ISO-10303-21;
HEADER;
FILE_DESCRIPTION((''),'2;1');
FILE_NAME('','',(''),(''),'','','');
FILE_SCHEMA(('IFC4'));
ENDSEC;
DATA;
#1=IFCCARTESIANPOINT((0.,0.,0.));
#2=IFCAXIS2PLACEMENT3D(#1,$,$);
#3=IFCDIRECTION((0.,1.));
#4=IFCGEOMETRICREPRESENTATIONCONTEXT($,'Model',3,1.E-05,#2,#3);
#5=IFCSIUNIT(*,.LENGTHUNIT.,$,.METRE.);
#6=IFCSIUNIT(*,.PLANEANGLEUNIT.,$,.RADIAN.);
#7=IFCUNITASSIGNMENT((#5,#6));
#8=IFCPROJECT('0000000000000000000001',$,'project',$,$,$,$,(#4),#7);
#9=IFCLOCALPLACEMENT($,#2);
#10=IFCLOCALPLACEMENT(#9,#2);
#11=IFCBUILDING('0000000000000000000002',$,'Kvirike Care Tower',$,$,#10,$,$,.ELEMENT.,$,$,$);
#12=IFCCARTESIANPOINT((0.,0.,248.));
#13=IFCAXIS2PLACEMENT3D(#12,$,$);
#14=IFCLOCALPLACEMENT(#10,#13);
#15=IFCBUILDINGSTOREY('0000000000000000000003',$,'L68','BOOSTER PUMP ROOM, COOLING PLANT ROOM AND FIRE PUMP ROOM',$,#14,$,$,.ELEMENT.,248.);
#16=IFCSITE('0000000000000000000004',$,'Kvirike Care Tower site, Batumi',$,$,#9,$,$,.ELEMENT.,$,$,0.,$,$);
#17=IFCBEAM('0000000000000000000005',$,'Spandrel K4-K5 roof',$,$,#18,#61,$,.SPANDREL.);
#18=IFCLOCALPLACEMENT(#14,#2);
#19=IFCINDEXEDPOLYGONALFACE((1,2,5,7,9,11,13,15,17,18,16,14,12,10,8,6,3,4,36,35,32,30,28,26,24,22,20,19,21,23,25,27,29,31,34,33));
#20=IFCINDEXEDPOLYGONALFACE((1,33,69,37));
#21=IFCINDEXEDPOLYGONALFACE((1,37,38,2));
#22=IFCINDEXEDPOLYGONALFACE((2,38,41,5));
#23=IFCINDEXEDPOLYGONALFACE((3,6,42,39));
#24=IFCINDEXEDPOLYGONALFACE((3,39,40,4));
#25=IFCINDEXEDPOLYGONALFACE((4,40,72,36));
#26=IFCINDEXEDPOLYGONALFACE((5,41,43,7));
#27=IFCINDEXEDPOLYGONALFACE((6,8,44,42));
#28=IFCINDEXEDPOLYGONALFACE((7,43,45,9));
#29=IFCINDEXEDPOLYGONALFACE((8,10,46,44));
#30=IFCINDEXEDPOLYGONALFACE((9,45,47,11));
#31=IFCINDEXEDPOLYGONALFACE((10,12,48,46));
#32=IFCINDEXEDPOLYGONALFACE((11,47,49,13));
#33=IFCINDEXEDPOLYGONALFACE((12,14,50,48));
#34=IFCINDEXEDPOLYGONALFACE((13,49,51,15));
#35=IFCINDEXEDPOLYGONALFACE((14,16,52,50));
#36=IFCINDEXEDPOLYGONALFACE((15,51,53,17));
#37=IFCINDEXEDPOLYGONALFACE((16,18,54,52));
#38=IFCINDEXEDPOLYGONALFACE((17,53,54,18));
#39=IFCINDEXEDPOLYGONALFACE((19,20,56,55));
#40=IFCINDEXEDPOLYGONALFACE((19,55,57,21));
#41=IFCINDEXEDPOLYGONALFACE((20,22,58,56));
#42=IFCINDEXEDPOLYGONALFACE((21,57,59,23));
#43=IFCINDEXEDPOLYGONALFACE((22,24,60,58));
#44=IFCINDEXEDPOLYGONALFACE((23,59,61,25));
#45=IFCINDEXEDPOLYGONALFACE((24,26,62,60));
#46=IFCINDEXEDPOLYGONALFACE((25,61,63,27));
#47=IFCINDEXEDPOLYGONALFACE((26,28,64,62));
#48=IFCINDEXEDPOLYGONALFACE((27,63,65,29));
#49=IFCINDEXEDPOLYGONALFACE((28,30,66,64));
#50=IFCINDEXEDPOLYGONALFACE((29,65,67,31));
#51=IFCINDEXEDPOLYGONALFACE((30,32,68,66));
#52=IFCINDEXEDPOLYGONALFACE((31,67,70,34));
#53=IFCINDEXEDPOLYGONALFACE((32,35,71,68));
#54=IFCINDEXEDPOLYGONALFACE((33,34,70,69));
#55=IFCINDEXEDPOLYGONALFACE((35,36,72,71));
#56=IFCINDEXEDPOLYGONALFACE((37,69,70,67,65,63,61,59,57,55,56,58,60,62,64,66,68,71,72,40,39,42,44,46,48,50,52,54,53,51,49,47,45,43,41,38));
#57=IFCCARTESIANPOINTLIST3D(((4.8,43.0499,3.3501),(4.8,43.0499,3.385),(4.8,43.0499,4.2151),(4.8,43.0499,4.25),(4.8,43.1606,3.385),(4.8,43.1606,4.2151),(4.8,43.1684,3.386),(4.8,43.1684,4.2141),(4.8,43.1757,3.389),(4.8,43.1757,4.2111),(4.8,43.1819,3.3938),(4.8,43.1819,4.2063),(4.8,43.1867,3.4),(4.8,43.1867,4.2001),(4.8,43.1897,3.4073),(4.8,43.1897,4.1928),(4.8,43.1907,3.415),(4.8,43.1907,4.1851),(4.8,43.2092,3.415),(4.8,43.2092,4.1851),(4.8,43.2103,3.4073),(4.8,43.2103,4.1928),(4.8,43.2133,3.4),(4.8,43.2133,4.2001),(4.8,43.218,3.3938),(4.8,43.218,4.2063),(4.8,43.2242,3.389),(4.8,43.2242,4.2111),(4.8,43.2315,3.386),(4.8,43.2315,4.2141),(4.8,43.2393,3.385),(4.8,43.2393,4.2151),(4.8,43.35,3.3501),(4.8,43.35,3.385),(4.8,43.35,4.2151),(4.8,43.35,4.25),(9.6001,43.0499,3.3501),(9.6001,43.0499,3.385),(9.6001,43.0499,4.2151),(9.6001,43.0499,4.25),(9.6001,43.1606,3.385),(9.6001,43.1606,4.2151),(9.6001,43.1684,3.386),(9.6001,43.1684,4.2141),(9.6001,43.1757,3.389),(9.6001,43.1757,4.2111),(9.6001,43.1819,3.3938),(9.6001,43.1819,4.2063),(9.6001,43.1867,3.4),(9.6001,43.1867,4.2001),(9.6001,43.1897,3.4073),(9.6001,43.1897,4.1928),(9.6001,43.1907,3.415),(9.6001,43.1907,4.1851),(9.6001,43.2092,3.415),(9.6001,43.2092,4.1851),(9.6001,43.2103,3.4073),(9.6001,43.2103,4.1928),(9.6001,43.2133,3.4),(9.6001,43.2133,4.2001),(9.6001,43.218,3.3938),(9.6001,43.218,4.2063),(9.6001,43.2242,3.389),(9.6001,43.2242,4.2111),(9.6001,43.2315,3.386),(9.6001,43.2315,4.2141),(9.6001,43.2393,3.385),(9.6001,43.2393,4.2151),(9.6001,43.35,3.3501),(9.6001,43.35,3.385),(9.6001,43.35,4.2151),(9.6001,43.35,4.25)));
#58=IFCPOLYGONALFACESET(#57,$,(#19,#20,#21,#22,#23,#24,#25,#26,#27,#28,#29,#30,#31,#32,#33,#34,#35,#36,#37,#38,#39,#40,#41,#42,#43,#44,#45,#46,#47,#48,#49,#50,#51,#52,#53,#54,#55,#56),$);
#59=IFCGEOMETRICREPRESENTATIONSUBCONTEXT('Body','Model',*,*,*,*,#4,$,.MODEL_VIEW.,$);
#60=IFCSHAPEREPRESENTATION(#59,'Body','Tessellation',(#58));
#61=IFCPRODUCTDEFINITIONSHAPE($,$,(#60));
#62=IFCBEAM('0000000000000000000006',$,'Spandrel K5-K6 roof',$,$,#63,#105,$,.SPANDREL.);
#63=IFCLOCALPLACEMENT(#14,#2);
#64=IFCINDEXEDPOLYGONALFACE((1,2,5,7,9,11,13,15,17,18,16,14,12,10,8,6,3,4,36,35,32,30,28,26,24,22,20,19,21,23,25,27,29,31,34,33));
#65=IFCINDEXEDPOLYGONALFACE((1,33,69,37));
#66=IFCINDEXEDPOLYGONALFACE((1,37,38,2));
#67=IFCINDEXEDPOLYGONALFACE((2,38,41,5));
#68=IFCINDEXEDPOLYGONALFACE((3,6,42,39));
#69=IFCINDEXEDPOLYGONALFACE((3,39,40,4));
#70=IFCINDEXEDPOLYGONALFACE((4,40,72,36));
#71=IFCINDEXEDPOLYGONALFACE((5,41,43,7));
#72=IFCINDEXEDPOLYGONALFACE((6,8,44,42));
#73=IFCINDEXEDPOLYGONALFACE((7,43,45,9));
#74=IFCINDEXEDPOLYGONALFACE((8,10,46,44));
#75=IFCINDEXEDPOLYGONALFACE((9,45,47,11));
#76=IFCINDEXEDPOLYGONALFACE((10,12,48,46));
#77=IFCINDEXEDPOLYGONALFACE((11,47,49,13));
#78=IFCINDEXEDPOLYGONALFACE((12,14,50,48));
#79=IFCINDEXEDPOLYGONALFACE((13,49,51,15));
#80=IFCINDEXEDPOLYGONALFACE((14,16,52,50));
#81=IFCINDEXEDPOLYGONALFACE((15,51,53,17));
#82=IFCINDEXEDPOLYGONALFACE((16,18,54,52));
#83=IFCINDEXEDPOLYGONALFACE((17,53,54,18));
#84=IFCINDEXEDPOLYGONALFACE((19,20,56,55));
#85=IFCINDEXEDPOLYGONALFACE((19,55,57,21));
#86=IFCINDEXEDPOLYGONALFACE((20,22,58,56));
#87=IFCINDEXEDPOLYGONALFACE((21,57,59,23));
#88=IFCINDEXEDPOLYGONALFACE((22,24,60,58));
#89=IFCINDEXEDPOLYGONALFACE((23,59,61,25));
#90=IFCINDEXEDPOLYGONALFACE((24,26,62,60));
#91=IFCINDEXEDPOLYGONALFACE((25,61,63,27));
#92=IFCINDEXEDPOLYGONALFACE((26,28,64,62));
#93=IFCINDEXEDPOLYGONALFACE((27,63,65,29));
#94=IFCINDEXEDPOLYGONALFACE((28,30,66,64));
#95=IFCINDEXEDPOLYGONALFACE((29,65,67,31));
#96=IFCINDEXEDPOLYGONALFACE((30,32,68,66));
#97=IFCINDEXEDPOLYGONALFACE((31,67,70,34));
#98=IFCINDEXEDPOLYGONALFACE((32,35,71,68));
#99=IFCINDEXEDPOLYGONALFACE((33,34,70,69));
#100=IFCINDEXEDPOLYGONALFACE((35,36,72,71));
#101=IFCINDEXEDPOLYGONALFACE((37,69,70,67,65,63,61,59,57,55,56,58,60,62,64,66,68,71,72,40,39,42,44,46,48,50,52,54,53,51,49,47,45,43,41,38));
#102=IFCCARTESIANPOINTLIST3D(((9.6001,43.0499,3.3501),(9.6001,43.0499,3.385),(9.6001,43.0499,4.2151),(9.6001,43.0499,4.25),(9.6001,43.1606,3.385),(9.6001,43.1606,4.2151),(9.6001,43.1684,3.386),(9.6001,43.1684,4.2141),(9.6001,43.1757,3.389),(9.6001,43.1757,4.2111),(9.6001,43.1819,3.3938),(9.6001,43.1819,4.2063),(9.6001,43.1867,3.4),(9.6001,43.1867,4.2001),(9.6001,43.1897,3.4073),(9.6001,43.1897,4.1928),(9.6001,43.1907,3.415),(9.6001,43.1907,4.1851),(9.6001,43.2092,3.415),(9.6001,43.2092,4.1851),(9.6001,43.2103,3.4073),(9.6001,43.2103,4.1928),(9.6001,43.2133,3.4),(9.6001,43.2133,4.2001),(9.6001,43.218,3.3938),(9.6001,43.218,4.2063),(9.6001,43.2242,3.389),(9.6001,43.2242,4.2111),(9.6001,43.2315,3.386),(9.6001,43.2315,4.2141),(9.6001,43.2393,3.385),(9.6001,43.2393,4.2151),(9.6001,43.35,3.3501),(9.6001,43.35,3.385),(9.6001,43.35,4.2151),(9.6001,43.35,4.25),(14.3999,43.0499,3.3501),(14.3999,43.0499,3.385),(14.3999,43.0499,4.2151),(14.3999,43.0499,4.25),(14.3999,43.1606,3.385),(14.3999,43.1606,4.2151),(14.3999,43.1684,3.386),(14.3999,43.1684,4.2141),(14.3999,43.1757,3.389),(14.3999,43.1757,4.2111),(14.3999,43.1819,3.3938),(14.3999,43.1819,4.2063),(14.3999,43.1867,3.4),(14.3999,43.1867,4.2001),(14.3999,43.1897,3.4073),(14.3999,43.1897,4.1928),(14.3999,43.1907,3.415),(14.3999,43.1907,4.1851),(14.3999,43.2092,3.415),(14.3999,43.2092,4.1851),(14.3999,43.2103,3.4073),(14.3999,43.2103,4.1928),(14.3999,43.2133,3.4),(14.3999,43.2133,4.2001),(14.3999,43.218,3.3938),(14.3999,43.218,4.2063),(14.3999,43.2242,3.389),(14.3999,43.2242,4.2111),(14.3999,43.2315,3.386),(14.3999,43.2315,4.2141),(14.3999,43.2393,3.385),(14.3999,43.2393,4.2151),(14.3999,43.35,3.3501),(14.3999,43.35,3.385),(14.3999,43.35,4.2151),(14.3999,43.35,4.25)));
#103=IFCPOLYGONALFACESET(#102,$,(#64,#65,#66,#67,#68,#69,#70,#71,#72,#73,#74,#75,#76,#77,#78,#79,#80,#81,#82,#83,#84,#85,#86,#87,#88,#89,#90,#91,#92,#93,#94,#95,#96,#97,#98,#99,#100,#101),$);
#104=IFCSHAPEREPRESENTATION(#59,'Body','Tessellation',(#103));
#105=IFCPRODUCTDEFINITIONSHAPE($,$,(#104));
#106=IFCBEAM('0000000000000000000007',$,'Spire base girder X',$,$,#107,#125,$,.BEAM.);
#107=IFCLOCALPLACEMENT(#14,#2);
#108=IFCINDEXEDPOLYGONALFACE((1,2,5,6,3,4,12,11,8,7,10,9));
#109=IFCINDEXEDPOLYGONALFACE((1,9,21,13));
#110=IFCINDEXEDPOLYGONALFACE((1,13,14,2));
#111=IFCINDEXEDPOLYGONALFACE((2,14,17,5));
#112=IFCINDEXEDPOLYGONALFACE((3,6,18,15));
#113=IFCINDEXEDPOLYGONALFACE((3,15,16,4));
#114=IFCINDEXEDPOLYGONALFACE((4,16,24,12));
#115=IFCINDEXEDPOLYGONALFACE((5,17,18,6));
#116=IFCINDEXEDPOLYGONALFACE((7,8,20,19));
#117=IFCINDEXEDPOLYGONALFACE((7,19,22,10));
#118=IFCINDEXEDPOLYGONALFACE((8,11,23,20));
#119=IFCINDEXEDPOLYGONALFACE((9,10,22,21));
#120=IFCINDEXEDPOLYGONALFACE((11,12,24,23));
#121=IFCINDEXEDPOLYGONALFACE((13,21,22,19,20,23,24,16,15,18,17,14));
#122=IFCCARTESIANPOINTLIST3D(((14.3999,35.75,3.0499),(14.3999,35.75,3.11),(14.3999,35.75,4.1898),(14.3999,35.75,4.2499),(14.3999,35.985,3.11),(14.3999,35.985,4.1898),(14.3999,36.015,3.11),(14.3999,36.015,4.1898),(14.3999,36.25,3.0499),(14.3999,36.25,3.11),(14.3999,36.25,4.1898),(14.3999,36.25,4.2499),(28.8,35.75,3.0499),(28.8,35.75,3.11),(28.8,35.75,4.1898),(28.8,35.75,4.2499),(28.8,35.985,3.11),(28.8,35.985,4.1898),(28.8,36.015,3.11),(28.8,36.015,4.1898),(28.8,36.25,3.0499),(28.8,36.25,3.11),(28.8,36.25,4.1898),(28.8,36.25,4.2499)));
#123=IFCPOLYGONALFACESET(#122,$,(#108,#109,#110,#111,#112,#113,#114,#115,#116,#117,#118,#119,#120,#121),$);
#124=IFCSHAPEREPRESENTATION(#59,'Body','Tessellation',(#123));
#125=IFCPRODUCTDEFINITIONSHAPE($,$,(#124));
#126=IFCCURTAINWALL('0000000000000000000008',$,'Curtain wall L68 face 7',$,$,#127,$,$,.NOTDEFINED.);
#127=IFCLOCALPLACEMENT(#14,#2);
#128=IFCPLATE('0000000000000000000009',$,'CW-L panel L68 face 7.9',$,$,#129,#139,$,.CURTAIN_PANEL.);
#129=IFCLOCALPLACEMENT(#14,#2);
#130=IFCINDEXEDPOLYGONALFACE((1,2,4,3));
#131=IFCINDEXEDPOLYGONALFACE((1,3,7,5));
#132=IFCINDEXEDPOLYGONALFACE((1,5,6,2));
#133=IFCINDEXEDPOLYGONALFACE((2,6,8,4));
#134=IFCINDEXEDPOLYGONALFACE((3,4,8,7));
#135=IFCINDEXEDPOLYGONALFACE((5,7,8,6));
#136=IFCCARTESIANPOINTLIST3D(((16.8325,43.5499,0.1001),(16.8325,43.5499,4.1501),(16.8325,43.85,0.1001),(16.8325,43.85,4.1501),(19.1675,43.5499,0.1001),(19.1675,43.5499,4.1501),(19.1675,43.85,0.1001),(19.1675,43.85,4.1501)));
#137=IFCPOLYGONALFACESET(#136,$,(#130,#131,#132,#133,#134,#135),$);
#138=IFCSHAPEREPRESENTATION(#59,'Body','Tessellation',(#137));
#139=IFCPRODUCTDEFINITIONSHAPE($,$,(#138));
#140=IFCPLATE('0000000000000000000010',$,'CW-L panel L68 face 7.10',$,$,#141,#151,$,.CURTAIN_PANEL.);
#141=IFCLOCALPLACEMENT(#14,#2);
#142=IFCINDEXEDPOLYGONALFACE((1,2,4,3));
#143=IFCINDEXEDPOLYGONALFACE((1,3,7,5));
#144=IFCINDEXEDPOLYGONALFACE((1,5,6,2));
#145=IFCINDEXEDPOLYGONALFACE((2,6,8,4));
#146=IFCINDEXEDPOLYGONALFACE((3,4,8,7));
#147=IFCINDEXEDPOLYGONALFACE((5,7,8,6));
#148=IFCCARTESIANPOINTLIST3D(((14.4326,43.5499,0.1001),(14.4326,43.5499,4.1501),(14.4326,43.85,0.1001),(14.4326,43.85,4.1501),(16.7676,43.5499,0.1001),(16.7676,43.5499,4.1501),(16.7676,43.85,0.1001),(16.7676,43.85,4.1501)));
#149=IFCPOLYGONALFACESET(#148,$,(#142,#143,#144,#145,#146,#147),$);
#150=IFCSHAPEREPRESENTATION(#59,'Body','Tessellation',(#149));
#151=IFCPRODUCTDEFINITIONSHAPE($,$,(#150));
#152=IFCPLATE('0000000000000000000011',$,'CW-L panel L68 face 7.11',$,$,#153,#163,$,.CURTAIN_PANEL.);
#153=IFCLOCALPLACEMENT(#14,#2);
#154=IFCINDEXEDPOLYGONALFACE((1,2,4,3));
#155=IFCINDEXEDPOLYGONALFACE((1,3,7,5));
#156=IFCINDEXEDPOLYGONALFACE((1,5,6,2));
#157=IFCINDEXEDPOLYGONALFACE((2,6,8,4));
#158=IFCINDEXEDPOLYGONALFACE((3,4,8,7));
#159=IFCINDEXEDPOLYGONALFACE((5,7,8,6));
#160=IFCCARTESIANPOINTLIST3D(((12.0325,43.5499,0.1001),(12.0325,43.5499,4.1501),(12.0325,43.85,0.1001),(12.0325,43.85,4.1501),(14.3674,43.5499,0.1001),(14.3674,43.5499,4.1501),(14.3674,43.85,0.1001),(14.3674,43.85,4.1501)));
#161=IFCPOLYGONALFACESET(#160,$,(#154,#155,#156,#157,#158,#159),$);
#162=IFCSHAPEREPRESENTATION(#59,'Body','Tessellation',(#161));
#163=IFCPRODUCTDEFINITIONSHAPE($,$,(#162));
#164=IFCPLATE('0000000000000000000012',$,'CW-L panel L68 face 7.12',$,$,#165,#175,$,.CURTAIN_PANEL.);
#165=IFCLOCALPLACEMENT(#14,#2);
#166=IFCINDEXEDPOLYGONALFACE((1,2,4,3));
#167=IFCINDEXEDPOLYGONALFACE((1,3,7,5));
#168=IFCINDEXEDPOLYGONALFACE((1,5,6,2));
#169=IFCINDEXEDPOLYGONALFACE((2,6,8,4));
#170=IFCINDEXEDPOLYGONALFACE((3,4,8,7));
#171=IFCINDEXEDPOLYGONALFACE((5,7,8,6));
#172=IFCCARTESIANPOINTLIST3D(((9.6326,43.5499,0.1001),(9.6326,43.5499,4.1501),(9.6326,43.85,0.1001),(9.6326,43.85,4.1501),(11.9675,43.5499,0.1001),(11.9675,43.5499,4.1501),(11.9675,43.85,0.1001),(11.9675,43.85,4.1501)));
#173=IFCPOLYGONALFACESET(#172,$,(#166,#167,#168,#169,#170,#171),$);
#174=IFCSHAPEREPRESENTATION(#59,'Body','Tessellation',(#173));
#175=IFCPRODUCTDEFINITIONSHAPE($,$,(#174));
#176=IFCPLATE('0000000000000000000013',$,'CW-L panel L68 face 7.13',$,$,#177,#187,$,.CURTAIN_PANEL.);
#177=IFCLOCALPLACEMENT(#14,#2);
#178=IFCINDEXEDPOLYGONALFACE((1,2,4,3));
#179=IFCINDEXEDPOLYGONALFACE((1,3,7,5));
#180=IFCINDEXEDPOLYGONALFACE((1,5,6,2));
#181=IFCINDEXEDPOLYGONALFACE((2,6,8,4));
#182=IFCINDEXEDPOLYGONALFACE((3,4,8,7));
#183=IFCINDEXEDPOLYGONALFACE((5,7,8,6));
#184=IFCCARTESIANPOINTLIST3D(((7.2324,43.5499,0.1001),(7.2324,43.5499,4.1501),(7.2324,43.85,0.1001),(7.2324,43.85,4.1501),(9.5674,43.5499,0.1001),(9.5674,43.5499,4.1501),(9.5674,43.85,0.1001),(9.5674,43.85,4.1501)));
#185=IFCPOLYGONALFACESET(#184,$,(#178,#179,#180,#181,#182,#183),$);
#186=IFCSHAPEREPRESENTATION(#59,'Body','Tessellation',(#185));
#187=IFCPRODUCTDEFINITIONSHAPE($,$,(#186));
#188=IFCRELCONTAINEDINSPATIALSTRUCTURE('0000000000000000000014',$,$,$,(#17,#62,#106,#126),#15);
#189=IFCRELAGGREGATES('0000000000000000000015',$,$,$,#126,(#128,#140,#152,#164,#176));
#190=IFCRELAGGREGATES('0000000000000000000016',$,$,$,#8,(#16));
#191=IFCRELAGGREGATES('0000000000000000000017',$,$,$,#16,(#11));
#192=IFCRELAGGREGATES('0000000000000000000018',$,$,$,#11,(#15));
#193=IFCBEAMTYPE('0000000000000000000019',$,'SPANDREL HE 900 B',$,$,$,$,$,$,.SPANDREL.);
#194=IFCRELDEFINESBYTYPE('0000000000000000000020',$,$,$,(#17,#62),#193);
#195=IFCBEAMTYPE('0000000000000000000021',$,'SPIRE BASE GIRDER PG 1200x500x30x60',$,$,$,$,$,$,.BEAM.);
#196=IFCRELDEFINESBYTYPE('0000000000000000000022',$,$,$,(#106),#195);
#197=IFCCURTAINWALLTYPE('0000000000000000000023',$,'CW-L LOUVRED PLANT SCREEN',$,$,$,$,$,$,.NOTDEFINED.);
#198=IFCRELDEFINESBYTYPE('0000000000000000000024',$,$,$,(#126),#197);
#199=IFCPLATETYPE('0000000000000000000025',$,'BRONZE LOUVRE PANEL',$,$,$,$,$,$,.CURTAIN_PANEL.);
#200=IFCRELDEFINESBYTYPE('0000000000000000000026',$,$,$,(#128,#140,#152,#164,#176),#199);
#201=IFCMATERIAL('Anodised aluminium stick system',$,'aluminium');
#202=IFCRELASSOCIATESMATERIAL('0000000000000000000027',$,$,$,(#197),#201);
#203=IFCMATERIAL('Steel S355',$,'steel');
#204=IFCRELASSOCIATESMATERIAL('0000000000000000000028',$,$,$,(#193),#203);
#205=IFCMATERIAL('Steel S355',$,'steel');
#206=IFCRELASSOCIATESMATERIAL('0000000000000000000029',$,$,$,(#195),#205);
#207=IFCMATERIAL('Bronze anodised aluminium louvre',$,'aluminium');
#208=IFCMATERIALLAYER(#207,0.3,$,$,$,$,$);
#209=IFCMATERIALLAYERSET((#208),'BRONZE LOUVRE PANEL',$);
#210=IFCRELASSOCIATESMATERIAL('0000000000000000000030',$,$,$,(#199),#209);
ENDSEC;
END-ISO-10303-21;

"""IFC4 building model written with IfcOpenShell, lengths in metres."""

from ifc_helpers import new_model, si_unit, direction, frame, origin, origin_2d, place, context, subcontext, project, spatial, rectangle, i_section, extrude, material, layer, layer_set, material_profile, profile_set, type_object, element, aggregate, save


model = new_model("IFC4")

# Units and contexts
model_context = context("Model", 3, precision=1e-05, world=origin(), true_north=direction((0.0, 1.0)))
body_context = subcontext(model_context, "Body", "Model", "MODEL_VIEW")
ifc_project = project(units=[si_unit("LENGTHUNIT", "METRE"), si_unit("PLANEANGLEUNIT", "RADIAN")], contexts=[model_context])

# Site, building, storey
site_placement = place(None, origin())
site = spatial("IfcSite", under=ifc_project, at=site_placement, Name="Kvirike Care Tower site, Batumi", CompositionType="ELEMENT", RefElevation=0.0)
building_placement = place(site_placement, origin())
building = spatial("IfcBuilding", under=site, at=building_placement, Name="Kvirike Care Tower", CompositionType="ELEMENT")
storey_placement = place(building_placement, frame((0.0, 0.0, 248.0)))
storey = spatial("IfcBuildingStorey", under=building, at=storey_placement, Name="L68", Description="BOOSTER PUMP ROOM, COOLING PLANT ROOM AND FIRE PUMP ROOM", CompositionType="ELEMENT", Elevation=248.0)

# Shared definitions
ifc_material_1 = material(Name="Anodised aluminium stick system", Category="aluminium")
curtain_wall_type = type_object("IfcCurtainWallType", Name="CW-L LOUVRED PLANT SCREEN", PredefinedType="NOTDEFINED", material=ifc_material_1)

# Beams
ifc_material_2 = material(Name="Steel S355", Category="steel")
ifc_material_profile_1 = material_profile(ifc_material_2, i_section(OverallWidth=0.3, OverallDepth=0.8999, WebThickness=0.0186, FlangeThickness=0.0349, FilletRadius=0.03, at=origin_2d()), Name="HE 900 B")
ifc_profile_set_1 = profile_set([ifc_material_profile_1], Name="Steel S355")
beam_type_1 = type_object("IfcBeamType", Name="SPANDREL HE 900 B", PredefinedType="SPANDREL", material=ifc_profile_set_1)
for number, where, z_axis, x_axis, name in (
    (1, (4.8, 43.2, 3.8), (1.0, 0.0, 0.0), (0.0, 1.0, 0.0), "Spandrel K4-K5 roof"),
):
    element("IfcBeam", number, at=place(storey_placement, frame(where, z_axis=z_axis, x_axis=x_axis)), inside=storey, type_object=beam_type_1, Name=name, PredefinedType="SPANDREL", context=body_context, shape_type="SweptSolid", body=[
        extrude(i_section(OverallWidth=0.3, OverallDepth=0.8999, WebThickness=0.0186, FlangeThickness=0.0349, FilletRadius=0.03, at=origin_2d()), origin(), (0.0, 0.0, 1.0), 4.8),
    ])
beam_1_placement = place(storey_placement, frame((9.6001, 43.2, 3.8), z_axis=(1.0, 0.0, 0.0), x_axis=(0.0, 1.0, 0.0)))
element("IfcBeam", 2, at=beam_1_placement, inside=storey, type_object=beam_type_1, Name="Spandrel K5-K6 roof", PredefinedType="SPANDREL", context=body_context, shape_type="SweptSolid", body=[
    extrude(i_section(OverallWidth=0.3, OverallDepth=0.8999, WebThickness=0.0186, FlangeThickness=0.0349, FilletRadius=0.03, at=origin_2d()), origin(), (0.0, 0.0, 1.0), 4.7998),
])
ifc_material_3 = material(Name="Steel S355", Category="steel")
ifc_material_profile_2 = material_profile(ifc_material_3, i_section(OverallWidth=0.5, OverallDepth=1.2, WebThickness=0.03, FlangeThickness=0.0601, at=origin_2d()), Name="PG 1200x500x30x60")
ifc_profile_set_2 = profile_set([ifc_material_profile_2], Name="Steel S355")
beam_type_2 = type_object("IfcBeamType", Name="SPIRE BASE GIRDER PG 1200x500x30x60", PredefinedType="BEAM", material=ifc_profile_set_2)
beam_2_placement = place(storey_placement, frame((14.3999, 36.0, 3.6499), z_axis=(1.0, 0.0, 0.0), x_axis=(0.0, 1.0, 0.0)))
element("IfcBeam", 3, at=beam_2_placement, inside=storey, type_object=beam_type_2, Name="Spire base girder X", PredefinedType="BEAM", context=body_context, shape_type="SweptSolid", body=[
    extrude(i_section(OverallWidth=0.5, OverallDepth=1.2, WebThickness=0.03, FlangeThickness=0.0601, at=origin_2d()), origin(), (0.0, 0.0, 1.0), 14.4001),
])

# Curtain wall, plates
curtain_wall_1_placement = place(storey_placement, origin())
curtain_wall_1 = element("IfcCurtainWall", 4, at=curtain_wall_1_placement, inside=storey, type_object=curtain_wall_type, Name="Curtain wall L68 face 7", PredefinedType="NOTDEFINED")
ifc_material_4 = material(Name="Bronze anodised aluminium louvre", Category="aluminium")
ifc_layer = layer(ifc_material_4, 0.3)
ifc_layer_set = layer_set([ifc_layer], Name="BRONZE LOUVRE PANEL")
plate_type = type_object("IfcPlateType", Name="BRONZE LOUVRE PANEL", PredefinedType="CURTAIN_PANEL", material=ifc_layer_set)
plate_1_placement = place(storey_placement, frame((18.0, 43.7, 0.1001), z_axis=(0.0, 0.0, 1.0), x_axis=(-1.0, 0.0, 0.0)))
plate_1 = element("IfcPlate", 5, at=plate_1_placement, type_object=plate_type, Name="CW-L panel L68 face 7.9", PredefinedType="CURTAIN_PANEL", context=body_context, shape_type="SweptSolid", body=[
    extrude(rectangle(XDim=2.335, YDim=0.3, at=origin_2d()), origin(), (0.0, 0.0, 1.0), 4.05),
])
plate_2_placement = place(storey_placement, frame((15.6001, 43.7, 0.1001), z_axis=(0.0, 0.0, 1.0), x_axis=(-1.0, 0.0, 0.0)))
plate_2 = element("IfcPlate", 6, at=plate_2_placement, type_object=plate_type, Name="CW-L panel L68 face 7.10", PredefinedType="CURTAIN_PANEL", context=body_context, shape_type="SweptSolid", body=[
    extrude(rectangle(XDim=2.335, YDim=0.3, at=origin_2d()), origin(), (0.0, 0.0, 1.0), 4.05),
])
plate_3_placement = place(storey_placement, frame((13.2, 43.7, 0.1001), z_axis=(0.0, 0.0, 1.0), x_axis=(-1.0, 0.0, 0.0)))
plate_3 = element("IfcPlate", 7, at=plate_3_placement, type_object=plate_type, Name="CW-L panel L68 face 7.11", PredefinedType="CURTAIN_PANEL", context=body_context, shape_type="SweptSolid", body=[
    extrude(rectangle(XDim=2.335, YDim=0.3, at=origin_2d()), origin(), (0.0, 0.0, 1.0), 4.05),
])
plate_4_placement = place(storey_placement, frame((10.8, 43.7, 0.1001), z_axis=(0.0, 0.0, 1.0), x_axis=(-1.0, 0.0, 0.0)))
plate_4 = element("IfcPlate", 8, at=plate_4_placement, type_object=plate_type, Name="CW-L panel L68 face 7.12", PredefinedType="CURTAIN_PANEL", context=body_context, shape_type="SweptSolid", body=[
    extrude(rectangle(XDim=2.335, YDim=0.3, at=origin_2d()), origin(), (0.0, 0.0, 1.0), 4.05),
])
plate_5_placement = place(storey_placement, frame((8.3999, 43.7, 0.1001), z_axis=(0.0, 0.0, 1.0), x_axis=(-1.0, 0.0, 0.0)))
plate_5 = element("IfcPlate", 9, at=plate_5_placement, type_object=plate_type, Name="CW-L panel L68 face 7.13", PredefinedType="CURTAIN_PANEL", context=body_context, shape_type="SweptSolid", body=[
    extrude(rectangle(XDim=2.335, YDim=0.3, at=origin_2d()), origin(), (0.0, 0.0, 1.0), 4.05),
])
aggregate(curtain_wall_1, [plate_1, plate_2, plate_3, plate_4, plate_5])

save(model, "model.ifc")
